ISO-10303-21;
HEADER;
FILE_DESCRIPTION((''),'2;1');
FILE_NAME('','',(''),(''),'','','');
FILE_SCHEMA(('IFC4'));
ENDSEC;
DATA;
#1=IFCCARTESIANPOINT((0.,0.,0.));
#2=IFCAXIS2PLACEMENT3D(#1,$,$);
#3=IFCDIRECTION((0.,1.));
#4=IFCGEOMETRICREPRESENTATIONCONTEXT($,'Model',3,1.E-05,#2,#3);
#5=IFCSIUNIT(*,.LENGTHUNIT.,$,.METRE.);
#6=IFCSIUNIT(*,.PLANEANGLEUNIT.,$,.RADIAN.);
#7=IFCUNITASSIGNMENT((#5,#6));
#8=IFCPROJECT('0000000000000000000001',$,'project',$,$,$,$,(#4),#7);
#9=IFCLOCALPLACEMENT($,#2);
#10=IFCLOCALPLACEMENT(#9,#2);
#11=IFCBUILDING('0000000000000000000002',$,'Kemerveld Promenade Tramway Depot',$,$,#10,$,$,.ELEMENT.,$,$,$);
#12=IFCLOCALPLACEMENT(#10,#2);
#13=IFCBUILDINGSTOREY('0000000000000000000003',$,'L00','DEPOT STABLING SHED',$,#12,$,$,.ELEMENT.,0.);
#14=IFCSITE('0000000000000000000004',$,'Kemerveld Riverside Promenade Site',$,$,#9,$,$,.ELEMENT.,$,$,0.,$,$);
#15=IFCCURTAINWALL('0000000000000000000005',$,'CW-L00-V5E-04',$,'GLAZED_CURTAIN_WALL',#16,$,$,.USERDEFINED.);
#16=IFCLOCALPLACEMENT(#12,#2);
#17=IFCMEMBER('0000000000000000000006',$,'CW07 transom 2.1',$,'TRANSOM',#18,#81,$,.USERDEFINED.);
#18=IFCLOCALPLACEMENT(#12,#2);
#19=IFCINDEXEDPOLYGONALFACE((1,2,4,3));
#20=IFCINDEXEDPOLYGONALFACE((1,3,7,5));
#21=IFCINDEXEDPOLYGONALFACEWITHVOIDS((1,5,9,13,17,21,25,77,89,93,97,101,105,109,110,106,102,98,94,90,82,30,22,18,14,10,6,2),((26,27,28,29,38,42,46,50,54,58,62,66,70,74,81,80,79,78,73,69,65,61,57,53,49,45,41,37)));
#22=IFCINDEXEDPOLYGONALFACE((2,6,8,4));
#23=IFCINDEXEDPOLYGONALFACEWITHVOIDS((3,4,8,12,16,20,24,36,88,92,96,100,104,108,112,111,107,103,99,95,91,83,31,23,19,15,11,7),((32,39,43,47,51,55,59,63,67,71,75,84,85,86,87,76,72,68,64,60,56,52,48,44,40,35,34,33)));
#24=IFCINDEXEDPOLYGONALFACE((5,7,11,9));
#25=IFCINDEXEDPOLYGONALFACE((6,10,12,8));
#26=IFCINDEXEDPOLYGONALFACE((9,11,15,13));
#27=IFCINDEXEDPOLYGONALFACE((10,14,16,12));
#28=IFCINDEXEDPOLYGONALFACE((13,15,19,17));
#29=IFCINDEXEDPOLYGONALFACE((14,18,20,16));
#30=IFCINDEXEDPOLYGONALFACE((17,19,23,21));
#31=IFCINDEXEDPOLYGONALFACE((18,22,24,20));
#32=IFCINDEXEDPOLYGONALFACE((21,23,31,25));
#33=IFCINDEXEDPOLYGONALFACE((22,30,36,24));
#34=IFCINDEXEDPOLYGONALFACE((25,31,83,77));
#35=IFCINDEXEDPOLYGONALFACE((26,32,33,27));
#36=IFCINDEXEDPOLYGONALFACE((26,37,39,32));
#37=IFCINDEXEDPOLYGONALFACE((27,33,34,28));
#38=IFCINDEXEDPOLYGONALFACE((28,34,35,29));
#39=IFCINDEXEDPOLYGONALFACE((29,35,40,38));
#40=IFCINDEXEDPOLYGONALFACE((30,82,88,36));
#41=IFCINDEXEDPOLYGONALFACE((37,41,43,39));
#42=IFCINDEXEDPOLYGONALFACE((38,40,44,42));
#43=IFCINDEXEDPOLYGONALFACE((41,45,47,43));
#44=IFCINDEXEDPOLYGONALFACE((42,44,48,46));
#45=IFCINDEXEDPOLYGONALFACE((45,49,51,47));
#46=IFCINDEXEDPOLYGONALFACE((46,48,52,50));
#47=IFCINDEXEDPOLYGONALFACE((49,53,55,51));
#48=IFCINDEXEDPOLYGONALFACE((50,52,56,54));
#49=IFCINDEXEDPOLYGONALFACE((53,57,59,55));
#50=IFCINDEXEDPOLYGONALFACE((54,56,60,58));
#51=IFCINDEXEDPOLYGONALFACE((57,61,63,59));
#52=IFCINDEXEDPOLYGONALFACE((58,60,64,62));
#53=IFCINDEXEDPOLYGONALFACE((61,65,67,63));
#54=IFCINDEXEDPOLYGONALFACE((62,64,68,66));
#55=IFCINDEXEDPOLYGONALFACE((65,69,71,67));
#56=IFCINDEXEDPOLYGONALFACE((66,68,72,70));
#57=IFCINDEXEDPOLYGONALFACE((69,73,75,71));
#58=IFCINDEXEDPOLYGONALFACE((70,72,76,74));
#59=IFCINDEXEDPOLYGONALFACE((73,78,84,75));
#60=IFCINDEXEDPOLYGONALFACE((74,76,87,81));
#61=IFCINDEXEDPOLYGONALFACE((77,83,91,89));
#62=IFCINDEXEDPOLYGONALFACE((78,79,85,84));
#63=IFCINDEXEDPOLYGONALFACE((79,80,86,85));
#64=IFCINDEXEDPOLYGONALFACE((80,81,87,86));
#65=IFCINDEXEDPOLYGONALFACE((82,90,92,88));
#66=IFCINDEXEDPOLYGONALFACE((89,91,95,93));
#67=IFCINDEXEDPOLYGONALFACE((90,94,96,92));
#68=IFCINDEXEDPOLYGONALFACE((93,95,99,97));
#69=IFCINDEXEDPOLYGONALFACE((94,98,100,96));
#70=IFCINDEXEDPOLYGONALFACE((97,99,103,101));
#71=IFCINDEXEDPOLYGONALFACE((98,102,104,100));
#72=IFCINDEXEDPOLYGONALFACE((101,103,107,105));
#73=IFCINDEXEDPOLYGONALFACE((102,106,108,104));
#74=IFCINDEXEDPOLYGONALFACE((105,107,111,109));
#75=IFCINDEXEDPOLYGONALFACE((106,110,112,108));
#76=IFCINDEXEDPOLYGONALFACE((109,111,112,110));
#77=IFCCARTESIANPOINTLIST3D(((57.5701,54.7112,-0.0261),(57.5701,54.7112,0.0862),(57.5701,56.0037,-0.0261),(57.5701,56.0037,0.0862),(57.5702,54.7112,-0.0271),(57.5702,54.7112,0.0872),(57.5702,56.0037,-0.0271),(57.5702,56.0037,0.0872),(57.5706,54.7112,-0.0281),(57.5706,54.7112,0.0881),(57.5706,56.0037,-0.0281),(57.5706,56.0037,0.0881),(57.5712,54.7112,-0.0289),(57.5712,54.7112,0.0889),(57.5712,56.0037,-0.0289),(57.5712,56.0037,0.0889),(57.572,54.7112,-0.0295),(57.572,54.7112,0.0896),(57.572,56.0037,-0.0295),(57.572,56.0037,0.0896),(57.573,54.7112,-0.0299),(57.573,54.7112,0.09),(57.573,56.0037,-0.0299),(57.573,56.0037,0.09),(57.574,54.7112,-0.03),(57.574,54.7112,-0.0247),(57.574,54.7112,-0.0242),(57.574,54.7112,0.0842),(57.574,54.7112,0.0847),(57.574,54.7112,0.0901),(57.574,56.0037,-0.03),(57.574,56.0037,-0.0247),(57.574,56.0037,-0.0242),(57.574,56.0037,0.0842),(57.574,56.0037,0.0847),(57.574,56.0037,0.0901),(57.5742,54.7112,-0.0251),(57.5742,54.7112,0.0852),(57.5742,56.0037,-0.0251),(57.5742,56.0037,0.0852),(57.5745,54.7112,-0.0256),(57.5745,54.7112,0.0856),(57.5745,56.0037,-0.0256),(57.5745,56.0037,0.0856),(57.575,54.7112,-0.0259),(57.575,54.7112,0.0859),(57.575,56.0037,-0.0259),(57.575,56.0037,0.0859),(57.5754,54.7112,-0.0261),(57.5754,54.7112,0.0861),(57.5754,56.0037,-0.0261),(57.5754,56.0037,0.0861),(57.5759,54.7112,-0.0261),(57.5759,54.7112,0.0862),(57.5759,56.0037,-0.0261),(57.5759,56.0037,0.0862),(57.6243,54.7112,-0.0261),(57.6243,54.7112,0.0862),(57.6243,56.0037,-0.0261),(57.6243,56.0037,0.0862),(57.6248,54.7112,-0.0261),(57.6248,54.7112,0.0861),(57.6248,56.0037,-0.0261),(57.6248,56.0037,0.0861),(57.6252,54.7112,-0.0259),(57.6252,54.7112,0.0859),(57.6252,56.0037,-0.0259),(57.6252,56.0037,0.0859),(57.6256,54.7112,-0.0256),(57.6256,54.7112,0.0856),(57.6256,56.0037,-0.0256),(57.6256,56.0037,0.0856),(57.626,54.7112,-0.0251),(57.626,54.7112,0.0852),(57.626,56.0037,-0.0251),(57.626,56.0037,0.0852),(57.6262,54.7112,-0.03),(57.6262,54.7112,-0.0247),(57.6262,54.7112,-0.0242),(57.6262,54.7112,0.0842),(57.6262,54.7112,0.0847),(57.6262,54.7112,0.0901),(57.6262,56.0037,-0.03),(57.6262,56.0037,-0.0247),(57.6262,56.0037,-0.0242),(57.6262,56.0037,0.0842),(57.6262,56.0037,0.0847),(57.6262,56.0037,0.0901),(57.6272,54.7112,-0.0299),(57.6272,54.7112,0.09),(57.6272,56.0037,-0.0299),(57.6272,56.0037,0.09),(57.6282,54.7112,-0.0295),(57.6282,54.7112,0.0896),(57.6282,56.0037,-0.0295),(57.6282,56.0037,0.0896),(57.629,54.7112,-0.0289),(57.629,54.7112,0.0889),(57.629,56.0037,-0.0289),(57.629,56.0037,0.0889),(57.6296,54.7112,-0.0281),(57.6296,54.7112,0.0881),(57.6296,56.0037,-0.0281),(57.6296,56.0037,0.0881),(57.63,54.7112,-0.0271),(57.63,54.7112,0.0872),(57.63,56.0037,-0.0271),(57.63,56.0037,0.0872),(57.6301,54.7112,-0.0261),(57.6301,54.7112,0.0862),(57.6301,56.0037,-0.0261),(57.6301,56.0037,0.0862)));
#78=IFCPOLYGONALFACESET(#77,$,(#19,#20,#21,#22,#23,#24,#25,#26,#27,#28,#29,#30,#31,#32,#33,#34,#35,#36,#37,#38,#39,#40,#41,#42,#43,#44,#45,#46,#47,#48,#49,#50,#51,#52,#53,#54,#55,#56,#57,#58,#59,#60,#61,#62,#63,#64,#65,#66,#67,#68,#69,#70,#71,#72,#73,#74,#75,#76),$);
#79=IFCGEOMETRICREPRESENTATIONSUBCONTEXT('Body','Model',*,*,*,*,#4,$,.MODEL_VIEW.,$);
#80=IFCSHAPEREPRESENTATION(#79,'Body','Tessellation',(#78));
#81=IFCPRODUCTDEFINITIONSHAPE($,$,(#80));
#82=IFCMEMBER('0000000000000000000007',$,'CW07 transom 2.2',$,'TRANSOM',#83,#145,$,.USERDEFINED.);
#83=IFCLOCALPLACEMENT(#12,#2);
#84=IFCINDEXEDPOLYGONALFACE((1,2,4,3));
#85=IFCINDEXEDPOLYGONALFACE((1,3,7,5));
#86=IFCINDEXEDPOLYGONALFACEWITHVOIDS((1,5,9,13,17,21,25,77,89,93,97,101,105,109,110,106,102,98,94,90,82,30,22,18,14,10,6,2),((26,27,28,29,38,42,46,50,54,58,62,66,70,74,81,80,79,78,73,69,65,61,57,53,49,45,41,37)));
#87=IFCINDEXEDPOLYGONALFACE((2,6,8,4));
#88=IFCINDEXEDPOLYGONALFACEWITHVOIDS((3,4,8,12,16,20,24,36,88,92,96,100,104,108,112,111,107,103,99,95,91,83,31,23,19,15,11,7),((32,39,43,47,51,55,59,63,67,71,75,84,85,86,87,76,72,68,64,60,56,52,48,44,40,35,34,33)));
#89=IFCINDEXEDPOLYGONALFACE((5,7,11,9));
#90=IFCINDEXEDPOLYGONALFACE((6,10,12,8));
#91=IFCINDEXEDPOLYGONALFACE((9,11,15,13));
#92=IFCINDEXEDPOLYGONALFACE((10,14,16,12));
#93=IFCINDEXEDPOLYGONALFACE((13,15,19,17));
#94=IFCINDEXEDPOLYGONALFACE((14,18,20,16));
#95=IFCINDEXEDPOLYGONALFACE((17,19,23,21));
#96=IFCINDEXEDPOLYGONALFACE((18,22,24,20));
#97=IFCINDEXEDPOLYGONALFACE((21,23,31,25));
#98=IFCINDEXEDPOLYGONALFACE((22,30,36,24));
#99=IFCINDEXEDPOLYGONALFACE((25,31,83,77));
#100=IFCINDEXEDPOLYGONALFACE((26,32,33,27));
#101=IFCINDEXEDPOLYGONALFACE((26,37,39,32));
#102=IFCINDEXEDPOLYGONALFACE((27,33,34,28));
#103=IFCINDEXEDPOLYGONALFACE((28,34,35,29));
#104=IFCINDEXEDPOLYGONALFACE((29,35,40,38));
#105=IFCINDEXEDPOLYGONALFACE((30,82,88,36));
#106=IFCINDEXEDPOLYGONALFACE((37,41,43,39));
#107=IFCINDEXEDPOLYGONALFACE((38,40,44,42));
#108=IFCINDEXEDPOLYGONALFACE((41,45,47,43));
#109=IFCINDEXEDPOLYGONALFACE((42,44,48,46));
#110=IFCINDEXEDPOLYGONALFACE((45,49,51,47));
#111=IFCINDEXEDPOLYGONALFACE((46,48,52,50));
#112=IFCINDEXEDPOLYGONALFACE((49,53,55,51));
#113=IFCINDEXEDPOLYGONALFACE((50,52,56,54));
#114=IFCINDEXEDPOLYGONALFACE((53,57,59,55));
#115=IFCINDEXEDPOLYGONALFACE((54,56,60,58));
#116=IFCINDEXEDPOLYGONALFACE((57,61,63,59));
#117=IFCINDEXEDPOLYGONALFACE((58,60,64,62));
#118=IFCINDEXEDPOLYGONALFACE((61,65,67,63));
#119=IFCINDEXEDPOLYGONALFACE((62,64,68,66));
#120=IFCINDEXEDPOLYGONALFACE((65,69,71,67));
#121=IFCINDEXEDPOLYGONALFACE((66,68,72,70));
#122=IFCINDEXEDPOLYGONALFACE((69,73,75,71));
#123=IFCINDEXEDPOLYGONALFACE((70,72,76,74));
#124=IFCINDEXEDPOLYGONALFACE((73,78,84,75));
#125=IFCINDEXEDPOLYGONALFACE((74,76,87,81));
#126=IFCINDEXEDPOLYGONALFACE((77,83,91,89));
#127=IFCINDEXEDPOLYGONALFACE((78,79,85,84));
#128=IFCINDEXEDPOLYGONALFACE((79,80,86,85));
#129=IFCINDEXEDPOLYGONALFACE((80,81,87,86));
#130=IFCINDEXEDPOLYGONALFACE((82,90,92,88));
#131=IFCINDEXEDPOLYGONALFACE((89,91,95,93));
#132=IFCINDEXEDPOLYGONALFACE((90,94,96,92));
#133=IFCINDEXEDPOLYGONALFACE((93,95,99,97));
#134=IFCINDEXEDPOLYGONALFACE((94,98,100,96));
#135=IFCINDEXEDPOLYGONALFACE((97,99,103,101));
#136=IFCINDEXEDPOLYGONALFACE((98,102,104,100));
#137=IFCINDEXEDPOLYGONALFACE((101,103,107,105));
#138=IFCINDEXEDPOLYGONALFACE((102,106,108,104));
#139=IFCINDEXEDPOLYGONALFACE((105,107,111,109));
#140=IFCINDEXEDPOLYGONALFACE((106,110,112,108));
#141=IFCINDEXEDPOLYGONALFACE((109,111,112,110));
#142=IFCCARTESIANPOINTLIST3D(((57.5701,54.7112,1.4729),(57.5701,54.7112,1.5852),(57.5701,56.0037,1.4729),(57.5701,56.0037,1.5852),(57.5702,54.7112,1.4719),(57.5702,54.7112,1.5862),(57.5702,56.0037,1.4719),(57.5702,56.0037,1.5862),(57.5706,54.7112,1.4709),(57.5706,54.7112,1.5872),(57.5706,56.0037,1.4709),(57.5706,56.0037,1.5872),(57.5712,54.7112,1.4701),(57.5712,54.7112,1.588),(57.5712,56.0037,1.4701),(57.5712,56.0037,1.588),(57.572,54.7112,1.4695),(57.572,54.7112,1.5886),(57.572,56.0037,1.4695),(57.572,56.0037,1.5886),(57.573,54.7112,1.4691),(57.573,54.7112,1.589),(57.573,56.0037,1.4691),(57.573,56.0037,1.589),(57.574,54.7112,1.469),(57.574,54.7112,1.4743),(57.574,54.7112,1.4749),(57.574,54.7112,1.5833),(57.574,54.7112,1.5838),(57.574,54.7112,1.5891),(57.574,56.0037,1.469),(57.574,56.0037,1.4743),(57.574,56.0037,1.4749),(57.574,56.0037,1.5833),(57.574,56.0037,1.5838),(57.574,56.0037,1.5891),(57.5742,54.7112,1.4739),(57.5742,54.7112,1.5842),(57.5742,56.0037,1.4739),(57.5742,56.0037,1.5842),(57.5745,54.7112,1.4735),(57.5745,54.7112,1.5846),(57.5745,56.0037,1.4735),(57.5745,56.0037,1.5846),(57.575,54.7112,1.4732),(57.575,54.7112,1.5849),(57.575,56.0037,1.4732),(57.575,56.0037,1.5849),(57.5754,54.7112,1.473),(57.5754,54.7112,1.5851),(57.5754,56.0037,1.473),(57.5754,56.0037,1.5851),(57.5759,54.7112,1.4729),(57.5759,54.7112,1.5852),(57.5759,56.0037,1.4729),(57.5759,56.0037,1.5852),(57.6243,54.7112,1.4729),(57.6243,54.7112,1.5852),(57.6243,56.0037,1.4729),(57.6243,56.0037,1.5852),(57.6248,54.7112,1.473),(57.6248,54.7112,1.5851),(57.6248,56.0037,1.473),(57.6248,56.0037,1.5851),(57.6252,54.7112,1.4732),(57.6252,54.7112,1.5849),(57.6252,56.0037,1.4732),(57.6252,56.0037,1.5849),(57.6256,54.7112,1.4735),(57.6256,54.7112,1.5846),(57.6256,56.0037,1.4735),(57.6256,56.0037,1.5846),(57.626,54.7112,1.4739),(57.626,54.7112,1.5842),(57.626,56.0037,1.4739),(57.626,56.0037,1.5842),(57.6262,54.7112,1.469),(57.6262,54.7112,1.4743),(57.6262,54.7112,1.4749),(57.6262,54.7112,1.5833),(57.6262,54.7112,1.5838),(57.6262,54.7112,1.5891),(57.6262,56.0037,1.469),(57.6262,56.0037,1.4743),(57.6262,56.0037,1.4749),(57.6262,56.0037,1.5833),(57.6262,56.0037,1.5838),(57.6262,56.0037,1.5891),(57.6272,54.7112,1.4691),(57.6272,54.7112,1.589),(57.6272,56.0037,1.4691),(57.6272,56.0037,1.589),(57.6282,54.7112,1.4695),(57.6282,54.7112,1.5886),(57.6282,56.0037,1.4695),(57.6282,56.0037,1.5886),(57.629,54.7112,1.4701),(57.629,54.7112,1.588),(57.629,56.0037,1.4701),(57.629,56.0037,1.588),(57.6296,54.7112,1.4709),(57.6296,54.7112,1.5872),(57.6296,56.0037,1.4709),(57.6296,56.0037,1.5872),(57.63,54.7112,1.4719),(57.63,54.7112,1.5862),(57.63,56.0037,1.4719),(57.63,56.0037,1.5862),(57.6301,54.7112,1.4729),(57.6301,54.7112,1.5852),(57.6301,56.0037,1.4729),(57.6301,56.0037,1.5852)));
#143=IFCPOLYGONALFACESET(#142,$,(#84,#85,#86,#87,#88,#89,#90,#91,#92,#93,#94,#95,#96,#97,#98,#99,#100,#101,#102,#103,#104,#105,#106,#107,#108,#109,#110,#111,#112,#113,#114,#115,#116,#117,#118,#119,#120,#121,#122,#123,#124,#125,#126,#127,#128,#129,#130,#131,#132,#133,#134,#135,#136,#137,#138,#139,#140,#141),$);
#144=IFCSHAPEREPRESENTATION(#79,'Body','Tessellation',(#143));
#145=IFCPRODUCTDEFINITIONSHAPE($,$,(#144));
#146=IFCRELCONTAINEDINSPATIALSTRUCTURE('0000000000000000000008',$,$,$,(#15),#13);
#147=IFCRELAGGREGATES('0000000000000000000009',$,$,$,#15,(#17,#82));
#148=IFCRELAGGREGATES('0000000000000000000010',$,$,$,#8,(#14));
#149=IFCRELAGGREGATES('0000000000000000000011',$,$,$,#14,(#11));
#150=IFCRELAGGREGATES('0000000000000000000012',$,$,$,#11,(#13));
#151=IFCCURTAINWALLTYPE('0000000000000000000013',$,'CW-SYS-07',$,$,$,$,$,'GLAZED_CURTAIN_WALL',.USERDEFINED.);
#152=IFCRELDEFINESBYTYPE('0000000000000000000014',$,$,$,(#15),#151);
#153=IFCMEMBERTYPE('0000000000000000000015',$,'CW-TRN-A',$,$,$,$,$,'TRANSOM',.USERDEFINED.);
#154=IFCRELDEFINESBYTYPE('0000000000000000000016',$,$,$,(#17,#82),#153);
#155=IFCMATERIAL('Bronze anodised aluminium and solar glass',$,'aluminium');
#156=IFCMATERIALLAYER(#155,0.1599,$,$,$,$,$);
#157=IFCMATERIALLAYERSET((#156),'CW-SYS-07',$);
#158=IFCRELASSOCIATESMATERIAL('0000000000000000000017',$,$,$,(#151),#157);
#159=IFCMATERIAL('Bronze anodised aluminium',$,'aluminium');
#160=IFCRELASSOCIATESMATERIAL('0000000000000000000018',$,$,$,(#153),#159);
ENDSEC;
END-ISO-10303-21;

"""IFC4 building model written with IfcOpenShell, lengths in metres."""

from ifc_helpers import new_model, si_unit, direction, frame, origin, origin_2d, place, context, subcontext, project, spatial, hollow_rectangle, extrude, material, layer, layer_set, material_profile, profile_set, type_object, element, aggregate, save


model = new_model("IFC4")

# Units and contexts
model_context = context("Model", 3, precision=1e-05, world=origin(), true_north=direction((0.0, 1.0)))
body_context = subcontext(model_context, "Body", "Model", "MODEL_VIEW")
ifc_project = project(units=[si_unit("LENGTHUNIT", "METRE"), si_unit("PLANEANGLEUNIT", "RADIAN")], contexts=[model_context])

# Site, building, storey
site_placement = place(None, origin())
site = spatial("IfcSite", under=ifc_project, at=site_placement, Name="Kemerveld Riverside Promenade Site", CompositionType="ELEMENT", RefElevation=0.0)
building_placement = place(site_placement, origin())
building = spatial("IfcBuilding", under=site, at=building_placement, Name="Kemerveld Promenade Tramway Depot", CompositionType="ELEMENT")
storey_placement = place(building_placement, origin())
storey = spatial("IfcBuildingStorey", under=building, at=storey_placement, Name="L00", Description="DEPOT STABLING SHED", CompositionType="ELEMENT", Elevation=0.0)

# Curtain wall, members
ifc_material_1 = material(Name="Bronze anodised aluminium and solar glass", Category="aluminium")
ifc_layer_1 = layer(ifc_material_1, 0.1599)
ifc_layer_set_1 = layer_set([ifc_layer_1], Name="CW-SYS-07")
curtain_wall_type = type_object("IfcCurtainWallType", Name="CW-SYS-07", ElementType="GLAZED_CURTAIN_WALL", PredefinedType="USERDEFINED", material=ifc_layer_set_1)
curtain_wall_placement = place(storey_placement, origin())
curtain_wall = element("IfcCurtainWall", 1, at=curtain_wall_placement, inside=storey, type_object=curtain_wall_type, Name="CW-L00-V5E-04", ObjectType="GLAZED_CURTAIN_WALL", PredefinedType="USERDEFINED")
ifc_material_2 = material(Name="Bronze anodised aluminium", Category="aluminium")
ifc_material_profile_1 = material_profile(ifc_material_2, hollow_rectangle(XDim=0.0601, YDim=0.1201, WallThickness=0.0039, InnerFilletRadius=0.002, OuterFilletRadius=0.0039, at=origin_2d()), Name="CW-TRN-120x60")
ifc_profile_set_1 = profile_set([ifc_material_profile_1], Name="Bronze anodised aluminium")
member_type_1 = type_object("IfcMemberType", Name="CW-TRN-A", ElementType="TRANSOM", PredefinedType="USERDEFINED", material=ifc_profile_set_1)
member_1_placement = place(storey_placement, frame((57.6001, 56.0037, 0.03), z_axis=(0.0, -1.0, 0.0), x_axis=(1.0, 0.0, 0.0)))
member_1 = element("IfcMember", 2, at=member_1_placement, type_object=member_type_1, Name="CW07 transom 2.1", ObjectType="TRANSOM", PredefinedType="USERDEFINED", context=body_context, shape_type="SweptSolid", body=[
    extrude(hollow_rectangle(XDim=0.0601, YDim=0.1201, WallThickness=0.0039, InnerFilletRadius=0.002, OuterFilletRadius=0.0039, at=origin_2d()), origin(), (0.0, 0.0, 1.0), 1.2925),
])
member_2_placement = place(storey_placement, frame((57.6001, 56.0037, 1.5291), z_axis=(0.0, -1.0, 0.0), x_axis=(1.0, 0.0, 0.0)))
member_2 = element("IfcMember", 3, at=member_2_placement, type_object=member_type_1, Name="CW07 transom 2.2", ObjectType="TRANSOM", PredefinedType="USERDEFINED", context=body_context, shape_type="SweptSolid", body=[
    extrude(hollow_rectangle(XDim=0.0601, YDim=0.1201, WallThickness=0.0039, InnerFilletRadius=0.002, OuterFilletRadius=0.0039, at=origin_2d()), origin(), (0.0, 0.0, 1.0), 1.2925),
])
aggregate(curtain_wall, [member_1, member_2])

save(model, "model.ifc")
